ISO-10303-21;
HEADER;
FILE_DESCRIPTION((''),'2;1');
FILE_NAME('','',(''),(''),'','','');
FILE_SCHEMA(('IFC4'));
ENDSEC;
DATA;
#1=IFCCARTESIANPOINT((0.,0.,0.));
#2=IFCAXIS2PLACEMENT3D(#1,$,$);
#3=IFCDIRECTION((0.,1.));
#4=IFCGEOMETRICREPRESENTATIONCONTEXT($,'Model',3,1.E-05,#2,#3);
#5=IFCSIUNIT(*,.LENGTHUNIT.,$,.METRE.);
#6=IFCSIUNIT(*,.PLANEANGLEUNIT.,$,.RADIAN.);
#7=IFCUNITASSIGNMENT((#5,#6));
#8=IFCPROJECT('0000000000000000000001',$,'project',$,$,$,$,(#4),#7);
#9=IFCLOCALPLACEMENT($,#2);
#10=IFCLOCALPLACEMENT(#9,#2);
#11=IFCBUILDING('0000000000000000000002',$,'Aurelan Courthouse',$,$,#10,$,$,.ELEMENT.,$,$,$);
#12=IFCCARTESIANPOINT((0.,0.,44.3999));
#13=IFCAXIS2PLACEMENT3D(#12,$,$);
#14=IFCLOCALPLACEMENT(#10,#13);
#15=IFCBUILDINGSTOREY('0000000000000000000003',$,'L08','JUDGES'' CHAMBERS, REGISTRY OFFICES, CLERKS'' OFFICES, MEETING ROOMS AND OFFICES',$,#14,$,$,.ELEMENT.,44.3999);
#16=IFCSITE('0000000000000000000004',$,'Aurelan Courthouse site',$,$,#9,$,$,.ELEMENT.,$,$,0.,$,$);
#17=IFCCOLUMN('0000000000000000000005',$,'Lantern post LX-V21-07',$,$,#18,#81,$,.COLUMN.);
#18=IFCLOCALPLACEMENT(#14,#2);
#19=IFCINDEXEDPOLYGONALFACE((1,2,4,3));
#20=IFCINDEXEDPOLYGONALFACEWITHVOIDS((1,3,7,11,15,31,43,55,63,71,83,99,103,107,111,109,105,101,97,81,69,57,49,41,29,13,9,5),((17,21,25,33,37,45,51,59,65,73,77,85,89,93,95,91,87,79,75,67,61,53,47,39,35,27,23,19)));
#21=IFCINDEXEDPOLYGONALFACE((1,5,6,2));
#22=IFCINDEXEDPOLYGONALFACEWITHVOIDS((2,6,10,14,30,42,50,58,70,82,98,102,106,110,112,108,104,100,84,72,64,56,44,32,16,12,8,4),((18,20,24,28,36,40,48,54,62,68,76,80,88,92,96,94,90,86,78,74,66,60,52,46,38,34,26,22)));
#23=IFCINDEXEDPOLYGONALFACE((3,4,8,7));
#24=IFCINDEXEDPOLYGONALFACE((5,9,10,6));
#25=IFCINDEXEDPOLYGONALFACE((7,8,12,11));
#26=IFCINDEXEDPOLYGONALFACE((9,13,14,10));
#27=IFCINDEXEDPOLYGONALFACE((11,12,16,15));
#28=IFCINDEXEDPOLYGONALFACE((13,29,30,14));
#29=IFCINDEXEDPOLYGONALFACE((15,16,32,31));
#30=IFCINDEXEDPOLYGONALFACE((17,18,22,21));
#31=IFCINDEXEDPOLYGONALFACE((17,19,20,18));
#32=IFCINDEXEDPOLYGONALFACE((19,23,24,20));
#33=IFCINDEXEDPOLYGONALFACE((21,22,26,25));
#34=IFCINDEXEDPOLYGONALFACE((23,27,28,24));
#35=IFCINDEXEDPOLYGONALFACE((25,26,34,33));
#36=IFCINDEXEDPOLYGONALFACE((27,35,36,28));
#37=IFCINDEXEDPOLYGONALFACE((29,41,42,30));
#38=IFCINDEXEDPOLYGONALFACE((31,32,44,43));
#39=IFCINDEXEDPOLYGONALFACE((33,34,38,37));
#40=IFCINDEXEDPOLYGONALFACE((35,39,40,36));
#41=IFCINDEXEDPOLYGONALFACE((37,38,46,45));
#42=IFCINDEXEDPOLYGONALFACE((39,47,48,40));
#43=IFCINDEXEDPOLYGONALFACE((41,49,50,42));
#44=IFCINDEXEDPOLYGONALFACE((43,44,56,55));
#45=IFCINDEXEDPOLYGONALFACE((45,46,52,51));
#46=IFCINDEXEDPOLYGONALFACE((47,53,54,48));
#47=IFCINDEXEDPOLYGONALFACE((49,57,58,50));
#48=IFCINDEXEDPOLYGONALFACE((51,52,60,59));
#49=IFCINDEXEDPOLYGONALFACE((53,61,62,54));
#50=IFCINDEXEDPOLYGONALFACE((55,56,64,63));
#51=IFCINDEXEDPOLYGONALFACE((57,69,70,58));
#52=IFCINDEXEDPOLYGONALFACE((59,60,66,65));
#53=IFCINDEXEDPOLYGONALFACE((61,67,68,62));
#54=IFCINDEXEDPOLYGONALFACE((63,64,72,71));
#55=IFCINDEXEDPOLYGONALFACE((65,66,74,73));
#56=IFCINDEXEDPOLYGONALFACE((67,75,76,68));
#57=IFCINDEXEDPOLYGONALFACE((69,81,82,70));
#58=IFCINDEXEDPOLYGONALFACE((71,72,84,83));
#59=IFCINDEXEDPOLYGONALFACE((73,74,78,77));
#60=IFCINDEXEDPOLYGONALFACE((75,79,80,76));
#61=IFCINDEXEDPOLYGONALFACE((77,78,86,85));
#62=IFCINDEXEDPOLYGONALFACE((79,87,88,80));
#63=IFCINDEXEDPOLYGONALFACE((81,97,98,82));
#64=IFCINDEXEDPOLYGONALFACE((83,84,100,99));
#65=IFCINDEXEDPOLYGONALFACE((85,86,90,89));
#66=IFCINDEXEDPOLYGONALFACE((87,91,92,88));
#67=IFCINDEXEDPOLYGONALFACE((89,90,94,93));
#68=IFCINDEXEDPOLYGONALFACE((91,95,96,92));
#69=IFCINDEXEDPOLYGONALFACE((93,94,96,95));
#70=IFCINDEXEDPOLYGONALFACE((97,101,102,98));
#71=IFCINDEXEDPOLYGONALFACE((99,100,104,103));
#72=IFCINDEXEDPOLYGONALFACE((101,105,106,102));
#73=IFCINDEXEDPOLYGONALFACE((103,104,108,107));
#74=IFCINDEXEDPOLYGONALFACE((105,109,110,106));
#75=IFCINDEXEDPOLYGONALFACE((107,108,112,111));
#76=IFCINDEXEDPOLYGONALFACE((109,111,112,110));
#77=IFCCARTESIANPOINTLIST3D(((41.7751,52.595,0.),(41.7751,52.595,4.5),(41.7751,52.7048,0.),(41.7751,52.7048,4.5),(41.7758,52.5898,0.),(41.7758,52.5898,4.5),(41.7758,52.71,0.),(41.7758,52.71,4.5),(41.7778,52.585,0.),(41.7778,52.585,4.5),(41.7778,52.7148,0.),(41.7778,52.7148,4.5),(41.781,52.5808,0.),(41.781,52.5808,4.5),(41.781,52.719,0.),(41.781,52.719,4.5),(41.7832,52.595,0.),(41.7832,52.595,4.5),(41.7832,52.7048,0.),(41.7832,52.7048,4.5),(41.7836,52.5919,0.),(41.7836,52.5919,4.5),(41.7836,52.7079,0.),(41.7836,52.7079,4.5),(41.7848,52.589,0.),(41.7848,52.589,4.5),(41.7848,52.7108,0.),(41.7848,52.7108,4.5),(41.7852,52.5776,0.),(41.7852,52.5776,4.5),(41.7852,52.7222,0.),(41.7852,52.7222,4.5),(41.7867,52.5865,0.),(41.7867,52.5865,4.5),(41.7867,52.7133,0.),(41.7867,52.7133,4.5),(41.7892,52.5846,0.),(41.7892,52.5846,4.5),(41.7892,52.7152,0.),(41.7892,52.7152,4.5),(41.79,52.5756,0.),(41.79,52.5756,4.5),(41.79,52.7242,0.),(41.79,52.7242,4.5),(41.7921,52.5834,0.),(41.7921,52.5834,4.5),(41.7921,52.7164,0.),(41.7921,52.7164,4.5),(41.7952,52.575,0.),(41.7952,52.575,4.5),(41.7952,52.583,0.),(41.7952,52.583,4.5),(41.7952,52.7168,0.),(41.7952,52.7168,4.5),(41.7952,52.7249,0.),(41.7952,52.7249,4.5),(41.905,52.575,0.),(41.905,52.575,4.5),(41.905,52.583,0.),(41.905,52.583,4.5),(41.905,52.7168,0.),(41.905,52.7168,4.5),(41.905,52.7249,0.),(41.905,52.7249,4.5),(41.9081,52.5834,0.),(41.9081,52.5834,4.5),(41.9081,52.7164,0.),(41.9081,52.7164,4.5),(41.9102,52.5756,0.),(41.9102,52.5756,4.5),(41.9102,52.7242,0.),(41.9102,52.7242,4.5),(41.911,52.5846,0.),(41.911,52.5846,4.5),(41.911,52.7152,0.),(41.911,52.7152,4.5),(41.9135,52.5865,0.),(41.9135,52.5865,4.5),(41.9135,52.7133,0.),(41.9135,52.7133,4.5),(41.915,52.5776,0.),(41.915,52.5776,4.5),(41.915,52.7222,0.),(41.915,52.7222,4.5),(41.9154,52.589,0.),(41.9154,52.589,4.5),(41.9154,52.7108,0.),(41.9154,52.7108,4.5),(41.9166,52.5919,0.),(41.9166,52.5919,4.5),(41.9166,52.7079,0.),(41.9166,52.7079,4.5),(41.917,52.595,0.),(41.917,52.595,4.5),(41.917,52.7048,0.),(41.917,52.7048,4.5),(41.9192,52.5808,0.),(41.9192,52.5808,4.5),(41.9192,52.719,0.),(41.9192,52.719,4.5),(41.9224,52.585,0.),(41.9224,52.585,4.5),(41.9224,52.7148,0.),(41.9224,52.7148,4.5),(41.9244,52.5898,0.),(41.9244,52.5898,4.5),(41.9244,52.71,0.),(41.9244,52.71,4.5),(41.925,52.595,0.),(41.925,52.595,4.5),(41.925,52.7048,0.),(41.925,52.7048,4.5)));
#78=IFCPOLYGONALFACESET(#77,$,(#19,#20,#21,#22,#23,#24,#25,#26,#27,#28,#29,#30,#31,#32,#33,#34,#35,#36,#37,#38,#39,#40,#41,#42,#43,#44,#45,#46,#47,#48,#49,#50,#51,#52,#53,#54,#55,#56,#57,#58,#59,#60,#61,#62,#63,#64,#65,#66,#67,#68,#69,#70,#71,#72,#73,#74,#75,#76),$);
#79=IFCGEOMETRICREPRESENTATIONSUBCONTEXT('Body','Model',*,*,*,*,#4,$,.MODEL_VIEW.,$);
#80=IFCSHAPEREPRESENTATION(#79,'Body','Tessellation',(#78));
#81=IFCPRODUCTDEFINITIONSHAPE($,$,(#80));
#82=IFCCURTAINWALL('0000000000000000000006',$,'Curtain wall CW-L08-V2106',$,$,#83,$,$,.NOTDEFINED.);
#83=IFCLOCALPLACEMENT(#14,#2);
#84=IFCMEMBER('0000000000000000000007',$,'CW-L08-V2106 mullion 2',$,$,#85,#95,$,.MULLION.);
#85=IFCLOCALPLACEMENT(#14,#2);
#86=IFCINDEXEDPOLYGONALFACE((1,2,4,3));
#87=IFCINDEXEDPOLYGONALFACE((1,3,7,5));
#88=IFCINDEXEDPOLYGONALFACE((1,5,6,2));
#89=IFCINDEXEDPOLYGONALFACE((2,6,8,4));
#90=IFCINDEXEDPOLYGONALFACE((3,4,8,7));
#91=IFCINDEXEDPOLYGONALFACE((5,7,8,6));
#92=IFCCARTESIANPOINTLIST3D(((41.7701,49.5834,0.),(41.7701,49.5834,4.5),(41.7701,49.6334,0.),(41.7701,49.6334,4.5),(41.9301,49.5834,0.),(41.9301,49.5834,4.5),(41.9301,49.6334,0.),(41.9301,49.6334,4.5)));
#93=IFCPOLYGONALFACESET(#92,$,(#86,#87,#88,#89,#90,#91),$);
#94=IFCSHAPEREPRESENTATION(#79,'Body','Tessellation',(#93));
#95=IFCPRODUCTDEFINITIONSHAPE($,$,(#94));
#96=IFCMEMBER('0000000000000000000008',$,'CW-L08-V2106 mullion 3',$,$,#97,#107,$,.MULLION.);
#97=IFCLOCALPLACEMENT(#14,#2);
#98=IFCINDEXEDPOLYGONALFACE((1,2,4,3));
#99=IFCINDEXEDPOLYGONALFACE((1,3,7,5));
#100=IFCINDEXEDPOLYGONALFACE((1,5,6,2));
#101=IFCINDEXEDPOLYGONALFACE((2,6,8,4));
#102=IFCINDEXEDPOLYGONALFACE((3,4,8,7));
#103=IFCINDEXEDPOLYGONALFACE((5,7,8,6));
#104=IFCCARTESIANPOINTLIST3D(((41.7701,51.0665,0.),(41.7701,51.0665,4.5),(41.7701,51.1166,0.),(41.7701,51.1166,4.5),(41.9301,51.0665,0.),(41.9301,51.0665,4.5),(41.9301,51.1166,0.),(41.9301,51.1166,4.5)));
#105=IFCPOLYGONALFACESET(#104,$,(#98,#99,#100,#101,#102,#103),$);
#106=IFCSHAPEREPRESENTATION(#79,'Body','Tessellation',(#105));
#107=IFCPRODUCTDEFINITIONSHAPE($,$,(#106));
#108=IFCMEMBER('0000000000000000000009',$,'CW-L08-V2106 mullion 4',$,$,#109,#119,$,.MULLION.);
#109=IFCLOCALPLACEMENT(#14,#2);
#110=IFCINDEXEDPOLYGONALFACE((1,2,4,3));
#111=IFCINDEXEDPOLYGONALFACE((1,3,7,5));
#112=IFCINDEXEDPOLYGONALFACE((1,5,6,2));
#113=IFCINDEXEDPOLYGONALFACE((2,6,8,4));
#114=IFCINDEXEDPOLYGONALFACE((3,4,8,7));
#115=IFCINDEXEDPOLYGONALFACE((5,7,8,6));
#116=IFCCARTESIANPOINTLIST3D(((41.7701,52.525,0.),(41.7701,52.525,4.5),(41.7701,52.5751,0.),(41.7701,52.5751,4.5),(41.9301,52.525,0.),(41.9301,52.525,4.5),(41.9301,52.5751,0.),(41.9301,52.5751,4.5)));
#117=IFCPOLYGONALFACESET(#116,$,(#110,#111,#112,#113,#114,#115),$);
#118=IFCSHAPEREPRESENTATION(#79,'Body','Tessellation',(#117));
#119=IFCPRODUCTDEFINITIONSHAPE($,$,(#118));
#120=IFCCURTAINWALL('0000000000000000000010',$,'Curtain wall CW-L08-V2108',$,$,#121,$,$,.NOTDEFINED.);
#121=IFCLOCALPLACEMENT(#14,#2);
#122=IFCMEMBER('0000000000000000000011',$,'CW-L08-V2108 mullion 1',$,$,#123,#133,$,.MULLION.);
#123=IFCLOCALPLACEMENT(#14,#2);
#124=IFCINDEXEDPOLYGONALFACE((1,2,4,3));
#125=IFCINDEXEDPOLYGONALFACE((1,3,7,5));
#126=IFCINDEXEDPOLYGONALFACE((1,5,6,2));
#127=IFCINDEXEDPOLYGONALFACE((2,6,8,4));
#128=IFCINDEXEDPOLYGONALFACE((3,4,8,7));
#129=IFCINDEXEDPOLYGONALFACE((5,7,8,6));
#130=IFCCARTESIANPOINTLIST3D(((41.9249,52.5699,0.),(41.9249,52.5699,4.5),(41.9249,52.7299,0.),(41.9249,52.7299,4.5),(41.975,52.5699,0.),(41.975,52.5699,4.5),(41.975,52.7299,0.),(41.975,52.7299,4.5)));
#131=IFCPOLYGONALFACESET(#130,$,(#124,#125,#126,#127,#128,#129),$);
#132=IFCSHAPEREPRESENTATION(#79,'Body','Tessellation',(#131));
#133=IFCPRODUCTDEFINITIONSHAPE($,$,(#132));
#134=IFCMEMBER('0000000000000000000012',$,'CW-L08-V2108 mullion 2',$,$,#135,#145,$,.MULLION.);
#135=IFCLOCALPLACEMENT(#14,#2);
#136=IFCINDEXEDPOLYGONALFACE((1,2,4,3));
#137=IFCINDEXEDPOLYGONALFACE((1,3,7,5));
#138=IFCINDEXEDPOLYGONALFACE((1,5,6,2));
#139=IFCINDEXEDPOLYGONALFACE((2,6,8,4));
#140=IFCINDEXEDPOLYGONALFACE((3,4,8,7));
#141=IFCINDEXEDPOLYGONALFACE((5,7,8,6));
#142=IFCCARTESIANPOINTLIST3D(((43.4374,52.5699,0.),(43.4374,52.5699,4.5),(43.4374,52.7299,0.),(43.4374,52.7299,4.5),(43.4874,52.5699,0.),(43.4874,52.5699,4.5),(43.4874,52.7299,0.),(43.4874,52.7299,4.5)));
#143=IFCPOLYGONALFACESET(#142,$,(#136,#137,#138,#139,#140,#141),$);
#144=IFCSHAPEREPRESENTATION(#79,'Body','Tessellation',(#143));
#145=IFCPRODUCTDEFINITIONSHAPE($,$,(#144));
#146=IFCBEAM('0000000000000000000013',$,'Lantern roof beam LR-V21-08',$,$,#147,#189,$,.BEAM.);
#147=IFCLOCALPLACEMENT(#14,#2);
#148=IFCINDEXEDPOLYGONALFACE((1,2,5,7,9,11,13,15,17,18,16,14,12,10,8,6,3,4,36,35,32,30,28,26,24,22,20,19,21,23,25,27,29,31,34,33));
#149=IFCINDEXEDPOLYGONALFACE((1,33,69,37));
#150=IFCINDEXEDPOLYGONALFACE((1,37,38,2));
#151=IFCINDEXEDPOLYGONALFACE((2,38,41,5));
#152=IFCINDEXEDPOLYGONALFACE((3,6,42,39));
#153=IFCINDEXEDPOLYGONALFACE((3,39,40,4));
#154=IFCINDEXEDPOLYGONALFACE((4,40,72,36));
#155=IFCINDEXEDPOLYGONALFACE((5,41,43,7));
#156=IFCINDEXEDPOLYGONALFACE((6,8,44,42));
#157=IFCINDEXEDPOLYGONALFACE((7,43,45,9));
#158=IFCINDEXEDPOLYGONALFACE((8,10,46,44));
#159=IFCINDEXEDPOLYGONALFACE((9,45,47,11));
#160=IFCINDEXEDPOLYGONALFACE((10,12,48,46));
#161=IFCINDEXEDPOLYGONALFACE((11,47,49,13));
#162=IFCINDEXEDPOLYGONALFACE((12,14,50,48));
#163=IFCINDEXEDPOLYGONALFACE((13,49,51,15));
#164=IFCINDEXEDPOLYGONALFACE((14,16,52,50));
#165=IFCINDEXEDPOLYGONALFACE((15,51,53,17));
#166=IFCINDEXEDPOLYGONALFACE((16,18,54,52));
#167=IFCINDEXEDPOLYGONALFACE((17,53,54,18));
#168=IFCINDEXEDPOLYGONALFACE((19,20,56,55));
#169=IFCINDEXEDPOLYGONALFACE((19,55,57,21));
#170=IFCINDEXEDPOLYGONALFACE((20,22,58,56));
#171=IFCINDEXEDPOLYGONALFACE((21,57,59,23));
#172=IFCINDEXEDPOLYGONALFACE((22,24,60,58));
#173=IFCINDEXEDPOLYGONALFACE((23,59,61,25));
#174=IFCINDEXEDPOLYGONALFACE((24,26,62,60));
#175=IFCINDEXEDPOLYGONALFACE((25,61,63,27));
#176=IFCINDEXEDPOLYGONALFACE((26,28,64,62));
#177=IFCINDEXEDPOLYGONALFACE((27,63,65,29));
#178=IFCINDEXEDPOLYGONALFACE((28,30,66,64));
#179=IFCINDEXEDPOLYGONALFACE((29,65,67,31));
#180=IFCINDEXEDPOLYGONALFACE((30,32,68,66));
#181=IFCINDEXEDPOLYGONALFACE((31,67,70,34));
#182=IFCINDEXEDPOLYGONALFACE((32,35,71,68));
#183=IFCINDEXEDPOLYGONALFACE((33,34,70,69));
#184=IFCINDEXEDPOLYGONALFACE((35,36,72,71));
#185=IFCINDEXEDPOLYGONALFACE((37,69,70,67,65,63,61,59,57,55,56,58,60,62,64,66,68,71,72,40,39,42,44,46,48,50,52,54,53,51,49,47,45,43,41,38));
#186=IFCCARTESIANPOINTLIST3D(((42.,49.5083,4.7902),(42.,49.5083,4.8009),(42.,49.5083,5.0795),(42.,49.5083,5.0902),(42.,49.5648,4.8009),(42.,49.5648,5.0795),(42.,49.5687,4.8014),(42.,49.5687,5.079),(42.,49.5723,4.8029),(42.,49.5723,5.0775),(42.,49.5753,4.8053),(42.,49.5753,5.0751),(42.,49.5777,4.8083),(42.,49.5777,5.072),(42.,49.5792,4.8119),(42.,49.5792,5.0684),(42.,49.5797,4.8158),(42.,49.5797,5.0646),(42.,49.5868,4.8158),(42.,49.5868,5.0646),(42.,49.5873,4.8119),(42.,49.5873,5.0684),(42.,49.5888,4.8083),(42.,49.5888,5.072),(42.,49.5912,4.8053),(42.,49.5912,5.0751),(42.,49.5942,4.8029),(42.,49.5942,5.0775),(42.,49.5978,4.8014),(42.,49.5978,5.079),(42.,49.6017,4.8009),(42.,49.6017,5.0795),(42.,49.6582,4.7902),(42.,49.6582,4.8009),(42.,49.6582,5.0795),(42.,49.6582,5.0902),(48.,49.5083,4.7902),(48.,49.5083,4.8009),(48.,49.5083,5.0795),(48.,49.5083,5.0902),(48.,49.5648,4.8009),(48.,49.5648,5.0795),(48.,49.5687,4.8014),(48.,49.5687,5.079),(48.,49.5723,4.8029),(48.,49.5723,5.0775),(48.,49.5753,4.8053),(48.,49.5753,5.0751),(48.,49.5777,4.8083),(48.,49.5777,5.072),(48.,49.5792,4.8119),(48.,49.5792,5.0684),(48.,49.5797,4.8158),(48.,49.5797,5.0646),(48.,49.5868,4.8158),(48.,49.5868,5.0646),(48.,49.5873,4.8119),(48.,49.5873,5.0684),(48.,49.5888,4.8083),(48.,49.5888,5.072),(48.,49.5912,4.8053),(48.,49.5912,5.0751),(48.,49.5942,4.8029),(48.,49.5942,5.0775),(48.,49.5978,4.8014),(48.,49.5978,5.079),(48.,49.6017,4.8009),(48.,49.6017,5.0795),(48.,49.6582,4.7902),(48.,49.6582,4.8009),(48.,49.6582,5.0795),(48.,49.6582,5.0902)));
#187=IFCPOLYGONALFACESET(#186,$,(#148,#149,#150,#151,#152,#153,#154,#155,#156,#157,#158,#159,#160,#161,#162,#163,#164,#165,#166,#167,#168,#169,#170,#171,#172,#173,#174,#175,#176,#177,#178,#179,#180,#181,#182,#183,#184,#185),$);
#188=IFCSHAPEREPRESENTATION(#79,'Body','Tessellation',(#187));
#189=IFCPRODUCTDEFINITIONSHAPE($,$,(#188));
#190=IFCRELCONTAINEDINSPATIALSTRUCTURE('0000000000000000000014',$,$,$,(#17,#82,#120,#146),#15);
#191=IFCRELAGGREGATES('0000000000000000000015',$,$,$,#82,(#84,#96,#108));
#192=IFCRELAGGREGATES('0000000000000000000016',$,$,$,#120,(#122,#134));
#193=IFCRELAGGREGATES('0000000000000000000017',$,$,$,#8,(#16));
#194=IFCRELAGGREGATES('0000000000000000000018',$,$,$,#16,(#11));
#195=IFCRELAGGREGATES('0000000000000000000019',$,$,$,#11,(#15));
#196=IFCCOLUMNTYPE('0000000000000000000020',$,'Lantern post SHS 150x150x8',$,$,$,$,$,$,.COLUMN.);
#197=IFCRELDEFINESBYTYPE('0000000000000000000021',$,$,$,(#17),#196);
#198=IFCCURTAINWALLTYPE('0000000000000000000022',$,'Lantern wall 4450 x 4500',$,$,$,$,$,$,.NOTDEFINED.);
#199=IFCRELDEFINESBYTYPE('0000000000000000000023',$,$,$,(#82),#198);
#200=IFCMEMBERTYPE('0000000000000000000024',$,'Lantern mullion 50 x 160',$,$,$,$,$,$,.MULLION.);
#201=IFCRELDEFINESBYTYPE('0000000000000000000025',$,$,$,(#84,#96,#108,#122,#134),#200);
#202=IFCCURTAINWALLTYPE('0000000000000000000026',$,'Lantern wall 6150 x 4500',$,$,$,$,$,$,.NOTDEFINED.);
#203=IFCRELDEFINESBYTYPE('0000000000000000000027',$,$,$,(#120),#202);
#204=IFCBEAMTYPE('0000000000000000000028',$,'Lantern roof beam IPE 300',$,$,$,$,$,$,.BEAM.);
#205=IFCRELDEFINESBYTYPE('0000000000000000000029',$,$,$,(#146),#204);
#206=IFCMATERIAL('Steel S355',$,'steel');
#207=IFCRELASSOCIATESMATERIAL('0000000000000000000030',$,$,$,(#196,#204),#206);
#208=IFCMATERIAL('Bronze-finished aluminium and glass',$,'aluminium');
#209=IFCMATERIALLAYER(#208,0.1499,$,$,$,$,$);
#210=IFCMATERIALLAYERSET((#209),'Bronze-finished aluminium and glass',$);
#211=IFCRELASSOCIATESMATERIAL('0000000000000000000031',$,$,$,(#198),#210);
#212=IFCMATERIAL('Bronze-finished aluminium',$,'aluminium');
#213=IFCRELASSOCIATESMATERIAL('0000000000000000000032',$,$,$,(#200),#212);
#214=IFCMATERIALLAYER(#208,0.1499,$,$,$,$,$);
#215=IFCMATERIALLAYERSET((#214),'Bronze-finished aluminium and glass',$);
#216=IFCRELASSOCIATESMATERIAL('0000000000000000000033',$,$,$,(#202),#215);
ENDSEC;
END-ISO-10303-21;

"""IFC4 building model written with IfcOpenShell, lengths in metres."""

from ifc_helpers import new_model, si_unit, direction, frame, origin, origin_2d, place, context, subcontext, project, spatial, rectangle, hollow_rectangle, i_section, extrude, material, layer, layer_set, material_profile, profile_set, type_object, element, aggregate, save


model = new_model("IFC4")

# Units and contexts
model_context = context("Model", 3, precision=1e-05, world=origin(), true_north=direction((0.0, 1.0)))
body_context = subcontext(model_context, "Body", "Model", "MODEL_VIEW")
ifc_project = project(units=[si_unit("LENGTHUNIT", "METRE"), si_unit("PLANEANGLEUNIT", "RADIAN")], contexts=[model_context])

# Site, building, storey
site_placement = place(None, origin())
site = spatial("IfcSite", under=ifc_project, at=site_placement, Name="Aurelan Courthouse site", CompositionType="ELEMENT", RefElevation=0.0)
building_placement = place(site_placement, origin())
building = spatial("IfcBuilding", under=site, at=building_placement, Name="Aurelan Courthouse", CompositionType="ELEMENT")
storey_placement = place(building_placement, frame((0.0, 0.0, 44.3999)))
storey = spatial("IfcBuildingStorey", under=building, at=storey_placement, Name="L08", Description="JUDGES' CHAMBERS, REGISTRY OFFICES, CLERKS' OFFICES, MEETING ROOMS AND OFFICES", CompositionType="ELEMENT", Elevation=44.3999)

# Column
ifc_material_1 = material(Name="Steel S355", Category="steel")
ifc_material_profile_1 = material_profile(ifc_material_1, hollow_rectangle(XDim=0.1499, YDim=0.1499, WallThickness=0.0081, InnerFilletRadius=0.012, OuterFilletRadius=0.02, at=origin_2d()), Name="SHS 150x150x8")
ifc_profile_set_1 = profile_set([ifc_material_profile_1], Name="Steel S355")
column_type = type_object("IfcColumnType", Name="Lantern post SHS 150x150x8", PredefinedType="COLUMN", material=ifc_profile_set_1)
column_placement = place(storey_placement, frame((41.8501, 52.6499, 0.0), z_axis=(0.0, 0.0, 1.0), x_axis=(1.0, 0.0, 0.0)))
element("IfcColumn", 1, at=column_placement, inside=storey, type_object=column_type, Name="Lantern post LX-V21-07", PredefinedType="COLUMN", context=body_context, shape_type="SweptSolid", body=[
    extrude(hollow_rectangle(XDim=0.1499, YDim=0.1499, WallThickness=0.0081, InnerFilletRadius=0.012, OuterFilletRadius=0.02, at=origin_2d()), origin(), (0.0, 0.0, 1.0), 4.5),
])

# Curtain walls, members
ifc_material_2 = material(Name="Bronze-finished aluminium and glass", Category="aluminium")
ifc_layer_1 = layer(ifc_material_2, 0.1499)
ifc_layer_set_1 = layer_set([ifc_layer_1], Name="Bronze-finished aluminium and glass")
curtain_wall_type_1 = type_object("IfcCurtainWallType", Name="Lantern wall 4450 x 4500", PredefinedType="NOTDEFINED", material=ifc_layer_set_1)
curtain_wall_1_placement = place(storey_placement, origin())
curtain_wall_1 = element("IfcCurtainWall", 2, at=curtain_wall_1_placement, inside=storey, type_object=curtain_wall_type_1, Name="Curtain wall CW-L08-V2106", PredefinedType="NOTDEFINED")
ifc_material_3 = material(Name="Bronze-finished aluminium", Category="aluminium")
ifc_material_profile_2 = material_profile(ifc_material_3, rectangle(XDim=0.1599, YDim=0.05, at=origin_2d()), Name="Lantern mullion 50 x 160")
ifc_profile_set_2 = profile_set([ifc_material_profile_2], Name="Bronze-finished aluminium")
member_type_1 = type_object("IfcMemberType", Name="Lantern mullion 50 x 160", PredefinedType="MULLION", material=ifc_profile_set_2)
member_1_placement = place(storey_placement, frame((41.8501, 49.6084, 0.0), z_axis=(0.0, 0.0, 1.0), x_axis=(-1.0, 0.0, 0.0)))
member_1 = element("IfcMember", 3, at=member_1_placement, type_object=member_type_1, Name="CW-L08-V2106 mullion 2", PredefinedType="MULLION", context=body_context, shape_type="SweptSolid", body=[
    extrude(rectangle(XDim=0.1599, YDim=0.05, at=origin_2d()), origin(), (0.0, 0.0, 1.0), 4.5),
])
member_2_placement = place(storey_placement, frame((41.8501, 51.0916, 0.0), z_axis=(0.0, 0.0, 1.0), x_axis=(-1.0, 0.0, 0.0)))
member_2 = element("IfcMember", 4, at=member_2_placement, type_object=member_type_1, Name="CW-L08-V2106 mullion 3", PredefinedType="MULLION", context=body_context, shape_type="SweptSolid", body=[
    extrude(rectangle(XDim=0.1599, YDim=0.05, at=origin_2d()), origin(), (0.0, 0.0, 1.0), 4.5),
])
member_3_placement = place(storey_placement, frame((41.8501, 52.55, 0.0), z_axis=(0.0, 0.0, 1.0), x_axis=(-1.0, 0.0, 0.0)))
member_3 = element("IfcMember", 5, at=member_3_placement, type_object=member_type_1, Name="CW-L08-V2106 mullion 4", PredefinedType="MULLION", context=body_context, shape_type="SweptSolid", body=[
    extrude(rectangle(XDim=0.1599, YDim=0.05, at=origin_2d()), origin(), (0.0, 0.0, 1.0), 4.5),
])
ifc_layer_2 = layer(ifc_material_2, 0.1499)
ifc_layer_set_2 = layer_set([ifc_layer_2], Name="Bronze-finished aluminium and glass")
curtain_wall_type_2 = type_object("IfcCurtainWallType", Name="Lantern wall 6150 x 4500", PredefinedType="NOTDEFINED", material=ifc_layer_set_2)
curtain_wall_2_placement = place(storey_placement, origin())
curtain_wall_2 = element("IfcCurtainWall", 6, at=curtain_wall_2_placement, inside=storey, type_object=curtain_wall_type_2, Name="Curtain wall CW-L08-V2108", PredefinedType="NOTDEFINED")
member_4_placement = place(storey_placement, frame((41.95, 52.6499, 0.0), z_axis=(0.0, 0.0, 1.0), x_axis=(0.0, 1.0, 0.0)))
member_4 = element("IfcMember", 7, at=member_4_placement, type_object=member_type_1, Name="CW-L08-V2108 mullion 1", PredefinedType="MULLION", context=body_context, shape_type="SweptSolid", body=[
    extrude(rectangle(XDim=0.1599, YDim=0.05, at=origin_2d()), origin(), (0.0, 0.0, 1.0), 4.5),
])
member_5_placement = place(storey_placement, frame((43.4624, 52.6499, 0.0), z_axis=(0.0, 0.0, 1.0), x_axis=(0.0, 1.0, 0.0)))
member_5 = element("IfcMember", 8, at=member_5_placement, type_object=member_type_1, Name="CW-L08-V2108 mullion 2", PredefinedType="MULLION", context=body_context, shape_type="SweptSolid", body=[
    extrude(rectangle(XDim=0.1599, YDim=0.05, at=origin_2d()), origin(), (0.0, 0.0, 1.0), 4.5),
])

# Beam
ifc_material_profile_3 = material_profile(ifc_material_1, i_section(OverallWidth=0.1499, OverallDepth=0.3, WebThickness=0.0071, FlangeThickness=0.0107, FilletRadius=0.0149, at=origin_2d()), Name="IPE 300")
ifc_profile_set_3 = profile_set([ifc_material_profile_3], Name="Steel S355")
beam_type = type_object("IfcBeamType", Name="Lantern roof beam IPE 300", PredefinedType="BEAM", material=ifc_profile_set_3)
for number, where, z_axis, x_axis, name in (
    (9, (42.0, 49.5833, 4.9402), (1.0, 0.0, 0.0), (0.0, 1.0, 0.0), "Lantern roof beam LR-V21-08"),
):
    element("IfcBeam", number, at=place(storey_placement, frame(where, z_axis=z_axis, x_axis=x_axis)), inside=storey, type_object=beam_type, Name=name, PredefinedType="BEAM", context=body_context, shape_type="SweptSolid", body=[
        extrude(i_section(OverallWidth=0.1499, OverallDepth=0.3, WebThickness=0.0071, FlangeThickness=0.0107, FilletRadius=0.0149, at=origin_2d()), origin(), (0.0, 0.0, 1.0), 6.0),
    ])

aggregate(curtain_wall_1, [member_1, member_2, member_3])
aggregate(curtain_wall_2, [member_4, member_5])

save(model, "model.ifc")
